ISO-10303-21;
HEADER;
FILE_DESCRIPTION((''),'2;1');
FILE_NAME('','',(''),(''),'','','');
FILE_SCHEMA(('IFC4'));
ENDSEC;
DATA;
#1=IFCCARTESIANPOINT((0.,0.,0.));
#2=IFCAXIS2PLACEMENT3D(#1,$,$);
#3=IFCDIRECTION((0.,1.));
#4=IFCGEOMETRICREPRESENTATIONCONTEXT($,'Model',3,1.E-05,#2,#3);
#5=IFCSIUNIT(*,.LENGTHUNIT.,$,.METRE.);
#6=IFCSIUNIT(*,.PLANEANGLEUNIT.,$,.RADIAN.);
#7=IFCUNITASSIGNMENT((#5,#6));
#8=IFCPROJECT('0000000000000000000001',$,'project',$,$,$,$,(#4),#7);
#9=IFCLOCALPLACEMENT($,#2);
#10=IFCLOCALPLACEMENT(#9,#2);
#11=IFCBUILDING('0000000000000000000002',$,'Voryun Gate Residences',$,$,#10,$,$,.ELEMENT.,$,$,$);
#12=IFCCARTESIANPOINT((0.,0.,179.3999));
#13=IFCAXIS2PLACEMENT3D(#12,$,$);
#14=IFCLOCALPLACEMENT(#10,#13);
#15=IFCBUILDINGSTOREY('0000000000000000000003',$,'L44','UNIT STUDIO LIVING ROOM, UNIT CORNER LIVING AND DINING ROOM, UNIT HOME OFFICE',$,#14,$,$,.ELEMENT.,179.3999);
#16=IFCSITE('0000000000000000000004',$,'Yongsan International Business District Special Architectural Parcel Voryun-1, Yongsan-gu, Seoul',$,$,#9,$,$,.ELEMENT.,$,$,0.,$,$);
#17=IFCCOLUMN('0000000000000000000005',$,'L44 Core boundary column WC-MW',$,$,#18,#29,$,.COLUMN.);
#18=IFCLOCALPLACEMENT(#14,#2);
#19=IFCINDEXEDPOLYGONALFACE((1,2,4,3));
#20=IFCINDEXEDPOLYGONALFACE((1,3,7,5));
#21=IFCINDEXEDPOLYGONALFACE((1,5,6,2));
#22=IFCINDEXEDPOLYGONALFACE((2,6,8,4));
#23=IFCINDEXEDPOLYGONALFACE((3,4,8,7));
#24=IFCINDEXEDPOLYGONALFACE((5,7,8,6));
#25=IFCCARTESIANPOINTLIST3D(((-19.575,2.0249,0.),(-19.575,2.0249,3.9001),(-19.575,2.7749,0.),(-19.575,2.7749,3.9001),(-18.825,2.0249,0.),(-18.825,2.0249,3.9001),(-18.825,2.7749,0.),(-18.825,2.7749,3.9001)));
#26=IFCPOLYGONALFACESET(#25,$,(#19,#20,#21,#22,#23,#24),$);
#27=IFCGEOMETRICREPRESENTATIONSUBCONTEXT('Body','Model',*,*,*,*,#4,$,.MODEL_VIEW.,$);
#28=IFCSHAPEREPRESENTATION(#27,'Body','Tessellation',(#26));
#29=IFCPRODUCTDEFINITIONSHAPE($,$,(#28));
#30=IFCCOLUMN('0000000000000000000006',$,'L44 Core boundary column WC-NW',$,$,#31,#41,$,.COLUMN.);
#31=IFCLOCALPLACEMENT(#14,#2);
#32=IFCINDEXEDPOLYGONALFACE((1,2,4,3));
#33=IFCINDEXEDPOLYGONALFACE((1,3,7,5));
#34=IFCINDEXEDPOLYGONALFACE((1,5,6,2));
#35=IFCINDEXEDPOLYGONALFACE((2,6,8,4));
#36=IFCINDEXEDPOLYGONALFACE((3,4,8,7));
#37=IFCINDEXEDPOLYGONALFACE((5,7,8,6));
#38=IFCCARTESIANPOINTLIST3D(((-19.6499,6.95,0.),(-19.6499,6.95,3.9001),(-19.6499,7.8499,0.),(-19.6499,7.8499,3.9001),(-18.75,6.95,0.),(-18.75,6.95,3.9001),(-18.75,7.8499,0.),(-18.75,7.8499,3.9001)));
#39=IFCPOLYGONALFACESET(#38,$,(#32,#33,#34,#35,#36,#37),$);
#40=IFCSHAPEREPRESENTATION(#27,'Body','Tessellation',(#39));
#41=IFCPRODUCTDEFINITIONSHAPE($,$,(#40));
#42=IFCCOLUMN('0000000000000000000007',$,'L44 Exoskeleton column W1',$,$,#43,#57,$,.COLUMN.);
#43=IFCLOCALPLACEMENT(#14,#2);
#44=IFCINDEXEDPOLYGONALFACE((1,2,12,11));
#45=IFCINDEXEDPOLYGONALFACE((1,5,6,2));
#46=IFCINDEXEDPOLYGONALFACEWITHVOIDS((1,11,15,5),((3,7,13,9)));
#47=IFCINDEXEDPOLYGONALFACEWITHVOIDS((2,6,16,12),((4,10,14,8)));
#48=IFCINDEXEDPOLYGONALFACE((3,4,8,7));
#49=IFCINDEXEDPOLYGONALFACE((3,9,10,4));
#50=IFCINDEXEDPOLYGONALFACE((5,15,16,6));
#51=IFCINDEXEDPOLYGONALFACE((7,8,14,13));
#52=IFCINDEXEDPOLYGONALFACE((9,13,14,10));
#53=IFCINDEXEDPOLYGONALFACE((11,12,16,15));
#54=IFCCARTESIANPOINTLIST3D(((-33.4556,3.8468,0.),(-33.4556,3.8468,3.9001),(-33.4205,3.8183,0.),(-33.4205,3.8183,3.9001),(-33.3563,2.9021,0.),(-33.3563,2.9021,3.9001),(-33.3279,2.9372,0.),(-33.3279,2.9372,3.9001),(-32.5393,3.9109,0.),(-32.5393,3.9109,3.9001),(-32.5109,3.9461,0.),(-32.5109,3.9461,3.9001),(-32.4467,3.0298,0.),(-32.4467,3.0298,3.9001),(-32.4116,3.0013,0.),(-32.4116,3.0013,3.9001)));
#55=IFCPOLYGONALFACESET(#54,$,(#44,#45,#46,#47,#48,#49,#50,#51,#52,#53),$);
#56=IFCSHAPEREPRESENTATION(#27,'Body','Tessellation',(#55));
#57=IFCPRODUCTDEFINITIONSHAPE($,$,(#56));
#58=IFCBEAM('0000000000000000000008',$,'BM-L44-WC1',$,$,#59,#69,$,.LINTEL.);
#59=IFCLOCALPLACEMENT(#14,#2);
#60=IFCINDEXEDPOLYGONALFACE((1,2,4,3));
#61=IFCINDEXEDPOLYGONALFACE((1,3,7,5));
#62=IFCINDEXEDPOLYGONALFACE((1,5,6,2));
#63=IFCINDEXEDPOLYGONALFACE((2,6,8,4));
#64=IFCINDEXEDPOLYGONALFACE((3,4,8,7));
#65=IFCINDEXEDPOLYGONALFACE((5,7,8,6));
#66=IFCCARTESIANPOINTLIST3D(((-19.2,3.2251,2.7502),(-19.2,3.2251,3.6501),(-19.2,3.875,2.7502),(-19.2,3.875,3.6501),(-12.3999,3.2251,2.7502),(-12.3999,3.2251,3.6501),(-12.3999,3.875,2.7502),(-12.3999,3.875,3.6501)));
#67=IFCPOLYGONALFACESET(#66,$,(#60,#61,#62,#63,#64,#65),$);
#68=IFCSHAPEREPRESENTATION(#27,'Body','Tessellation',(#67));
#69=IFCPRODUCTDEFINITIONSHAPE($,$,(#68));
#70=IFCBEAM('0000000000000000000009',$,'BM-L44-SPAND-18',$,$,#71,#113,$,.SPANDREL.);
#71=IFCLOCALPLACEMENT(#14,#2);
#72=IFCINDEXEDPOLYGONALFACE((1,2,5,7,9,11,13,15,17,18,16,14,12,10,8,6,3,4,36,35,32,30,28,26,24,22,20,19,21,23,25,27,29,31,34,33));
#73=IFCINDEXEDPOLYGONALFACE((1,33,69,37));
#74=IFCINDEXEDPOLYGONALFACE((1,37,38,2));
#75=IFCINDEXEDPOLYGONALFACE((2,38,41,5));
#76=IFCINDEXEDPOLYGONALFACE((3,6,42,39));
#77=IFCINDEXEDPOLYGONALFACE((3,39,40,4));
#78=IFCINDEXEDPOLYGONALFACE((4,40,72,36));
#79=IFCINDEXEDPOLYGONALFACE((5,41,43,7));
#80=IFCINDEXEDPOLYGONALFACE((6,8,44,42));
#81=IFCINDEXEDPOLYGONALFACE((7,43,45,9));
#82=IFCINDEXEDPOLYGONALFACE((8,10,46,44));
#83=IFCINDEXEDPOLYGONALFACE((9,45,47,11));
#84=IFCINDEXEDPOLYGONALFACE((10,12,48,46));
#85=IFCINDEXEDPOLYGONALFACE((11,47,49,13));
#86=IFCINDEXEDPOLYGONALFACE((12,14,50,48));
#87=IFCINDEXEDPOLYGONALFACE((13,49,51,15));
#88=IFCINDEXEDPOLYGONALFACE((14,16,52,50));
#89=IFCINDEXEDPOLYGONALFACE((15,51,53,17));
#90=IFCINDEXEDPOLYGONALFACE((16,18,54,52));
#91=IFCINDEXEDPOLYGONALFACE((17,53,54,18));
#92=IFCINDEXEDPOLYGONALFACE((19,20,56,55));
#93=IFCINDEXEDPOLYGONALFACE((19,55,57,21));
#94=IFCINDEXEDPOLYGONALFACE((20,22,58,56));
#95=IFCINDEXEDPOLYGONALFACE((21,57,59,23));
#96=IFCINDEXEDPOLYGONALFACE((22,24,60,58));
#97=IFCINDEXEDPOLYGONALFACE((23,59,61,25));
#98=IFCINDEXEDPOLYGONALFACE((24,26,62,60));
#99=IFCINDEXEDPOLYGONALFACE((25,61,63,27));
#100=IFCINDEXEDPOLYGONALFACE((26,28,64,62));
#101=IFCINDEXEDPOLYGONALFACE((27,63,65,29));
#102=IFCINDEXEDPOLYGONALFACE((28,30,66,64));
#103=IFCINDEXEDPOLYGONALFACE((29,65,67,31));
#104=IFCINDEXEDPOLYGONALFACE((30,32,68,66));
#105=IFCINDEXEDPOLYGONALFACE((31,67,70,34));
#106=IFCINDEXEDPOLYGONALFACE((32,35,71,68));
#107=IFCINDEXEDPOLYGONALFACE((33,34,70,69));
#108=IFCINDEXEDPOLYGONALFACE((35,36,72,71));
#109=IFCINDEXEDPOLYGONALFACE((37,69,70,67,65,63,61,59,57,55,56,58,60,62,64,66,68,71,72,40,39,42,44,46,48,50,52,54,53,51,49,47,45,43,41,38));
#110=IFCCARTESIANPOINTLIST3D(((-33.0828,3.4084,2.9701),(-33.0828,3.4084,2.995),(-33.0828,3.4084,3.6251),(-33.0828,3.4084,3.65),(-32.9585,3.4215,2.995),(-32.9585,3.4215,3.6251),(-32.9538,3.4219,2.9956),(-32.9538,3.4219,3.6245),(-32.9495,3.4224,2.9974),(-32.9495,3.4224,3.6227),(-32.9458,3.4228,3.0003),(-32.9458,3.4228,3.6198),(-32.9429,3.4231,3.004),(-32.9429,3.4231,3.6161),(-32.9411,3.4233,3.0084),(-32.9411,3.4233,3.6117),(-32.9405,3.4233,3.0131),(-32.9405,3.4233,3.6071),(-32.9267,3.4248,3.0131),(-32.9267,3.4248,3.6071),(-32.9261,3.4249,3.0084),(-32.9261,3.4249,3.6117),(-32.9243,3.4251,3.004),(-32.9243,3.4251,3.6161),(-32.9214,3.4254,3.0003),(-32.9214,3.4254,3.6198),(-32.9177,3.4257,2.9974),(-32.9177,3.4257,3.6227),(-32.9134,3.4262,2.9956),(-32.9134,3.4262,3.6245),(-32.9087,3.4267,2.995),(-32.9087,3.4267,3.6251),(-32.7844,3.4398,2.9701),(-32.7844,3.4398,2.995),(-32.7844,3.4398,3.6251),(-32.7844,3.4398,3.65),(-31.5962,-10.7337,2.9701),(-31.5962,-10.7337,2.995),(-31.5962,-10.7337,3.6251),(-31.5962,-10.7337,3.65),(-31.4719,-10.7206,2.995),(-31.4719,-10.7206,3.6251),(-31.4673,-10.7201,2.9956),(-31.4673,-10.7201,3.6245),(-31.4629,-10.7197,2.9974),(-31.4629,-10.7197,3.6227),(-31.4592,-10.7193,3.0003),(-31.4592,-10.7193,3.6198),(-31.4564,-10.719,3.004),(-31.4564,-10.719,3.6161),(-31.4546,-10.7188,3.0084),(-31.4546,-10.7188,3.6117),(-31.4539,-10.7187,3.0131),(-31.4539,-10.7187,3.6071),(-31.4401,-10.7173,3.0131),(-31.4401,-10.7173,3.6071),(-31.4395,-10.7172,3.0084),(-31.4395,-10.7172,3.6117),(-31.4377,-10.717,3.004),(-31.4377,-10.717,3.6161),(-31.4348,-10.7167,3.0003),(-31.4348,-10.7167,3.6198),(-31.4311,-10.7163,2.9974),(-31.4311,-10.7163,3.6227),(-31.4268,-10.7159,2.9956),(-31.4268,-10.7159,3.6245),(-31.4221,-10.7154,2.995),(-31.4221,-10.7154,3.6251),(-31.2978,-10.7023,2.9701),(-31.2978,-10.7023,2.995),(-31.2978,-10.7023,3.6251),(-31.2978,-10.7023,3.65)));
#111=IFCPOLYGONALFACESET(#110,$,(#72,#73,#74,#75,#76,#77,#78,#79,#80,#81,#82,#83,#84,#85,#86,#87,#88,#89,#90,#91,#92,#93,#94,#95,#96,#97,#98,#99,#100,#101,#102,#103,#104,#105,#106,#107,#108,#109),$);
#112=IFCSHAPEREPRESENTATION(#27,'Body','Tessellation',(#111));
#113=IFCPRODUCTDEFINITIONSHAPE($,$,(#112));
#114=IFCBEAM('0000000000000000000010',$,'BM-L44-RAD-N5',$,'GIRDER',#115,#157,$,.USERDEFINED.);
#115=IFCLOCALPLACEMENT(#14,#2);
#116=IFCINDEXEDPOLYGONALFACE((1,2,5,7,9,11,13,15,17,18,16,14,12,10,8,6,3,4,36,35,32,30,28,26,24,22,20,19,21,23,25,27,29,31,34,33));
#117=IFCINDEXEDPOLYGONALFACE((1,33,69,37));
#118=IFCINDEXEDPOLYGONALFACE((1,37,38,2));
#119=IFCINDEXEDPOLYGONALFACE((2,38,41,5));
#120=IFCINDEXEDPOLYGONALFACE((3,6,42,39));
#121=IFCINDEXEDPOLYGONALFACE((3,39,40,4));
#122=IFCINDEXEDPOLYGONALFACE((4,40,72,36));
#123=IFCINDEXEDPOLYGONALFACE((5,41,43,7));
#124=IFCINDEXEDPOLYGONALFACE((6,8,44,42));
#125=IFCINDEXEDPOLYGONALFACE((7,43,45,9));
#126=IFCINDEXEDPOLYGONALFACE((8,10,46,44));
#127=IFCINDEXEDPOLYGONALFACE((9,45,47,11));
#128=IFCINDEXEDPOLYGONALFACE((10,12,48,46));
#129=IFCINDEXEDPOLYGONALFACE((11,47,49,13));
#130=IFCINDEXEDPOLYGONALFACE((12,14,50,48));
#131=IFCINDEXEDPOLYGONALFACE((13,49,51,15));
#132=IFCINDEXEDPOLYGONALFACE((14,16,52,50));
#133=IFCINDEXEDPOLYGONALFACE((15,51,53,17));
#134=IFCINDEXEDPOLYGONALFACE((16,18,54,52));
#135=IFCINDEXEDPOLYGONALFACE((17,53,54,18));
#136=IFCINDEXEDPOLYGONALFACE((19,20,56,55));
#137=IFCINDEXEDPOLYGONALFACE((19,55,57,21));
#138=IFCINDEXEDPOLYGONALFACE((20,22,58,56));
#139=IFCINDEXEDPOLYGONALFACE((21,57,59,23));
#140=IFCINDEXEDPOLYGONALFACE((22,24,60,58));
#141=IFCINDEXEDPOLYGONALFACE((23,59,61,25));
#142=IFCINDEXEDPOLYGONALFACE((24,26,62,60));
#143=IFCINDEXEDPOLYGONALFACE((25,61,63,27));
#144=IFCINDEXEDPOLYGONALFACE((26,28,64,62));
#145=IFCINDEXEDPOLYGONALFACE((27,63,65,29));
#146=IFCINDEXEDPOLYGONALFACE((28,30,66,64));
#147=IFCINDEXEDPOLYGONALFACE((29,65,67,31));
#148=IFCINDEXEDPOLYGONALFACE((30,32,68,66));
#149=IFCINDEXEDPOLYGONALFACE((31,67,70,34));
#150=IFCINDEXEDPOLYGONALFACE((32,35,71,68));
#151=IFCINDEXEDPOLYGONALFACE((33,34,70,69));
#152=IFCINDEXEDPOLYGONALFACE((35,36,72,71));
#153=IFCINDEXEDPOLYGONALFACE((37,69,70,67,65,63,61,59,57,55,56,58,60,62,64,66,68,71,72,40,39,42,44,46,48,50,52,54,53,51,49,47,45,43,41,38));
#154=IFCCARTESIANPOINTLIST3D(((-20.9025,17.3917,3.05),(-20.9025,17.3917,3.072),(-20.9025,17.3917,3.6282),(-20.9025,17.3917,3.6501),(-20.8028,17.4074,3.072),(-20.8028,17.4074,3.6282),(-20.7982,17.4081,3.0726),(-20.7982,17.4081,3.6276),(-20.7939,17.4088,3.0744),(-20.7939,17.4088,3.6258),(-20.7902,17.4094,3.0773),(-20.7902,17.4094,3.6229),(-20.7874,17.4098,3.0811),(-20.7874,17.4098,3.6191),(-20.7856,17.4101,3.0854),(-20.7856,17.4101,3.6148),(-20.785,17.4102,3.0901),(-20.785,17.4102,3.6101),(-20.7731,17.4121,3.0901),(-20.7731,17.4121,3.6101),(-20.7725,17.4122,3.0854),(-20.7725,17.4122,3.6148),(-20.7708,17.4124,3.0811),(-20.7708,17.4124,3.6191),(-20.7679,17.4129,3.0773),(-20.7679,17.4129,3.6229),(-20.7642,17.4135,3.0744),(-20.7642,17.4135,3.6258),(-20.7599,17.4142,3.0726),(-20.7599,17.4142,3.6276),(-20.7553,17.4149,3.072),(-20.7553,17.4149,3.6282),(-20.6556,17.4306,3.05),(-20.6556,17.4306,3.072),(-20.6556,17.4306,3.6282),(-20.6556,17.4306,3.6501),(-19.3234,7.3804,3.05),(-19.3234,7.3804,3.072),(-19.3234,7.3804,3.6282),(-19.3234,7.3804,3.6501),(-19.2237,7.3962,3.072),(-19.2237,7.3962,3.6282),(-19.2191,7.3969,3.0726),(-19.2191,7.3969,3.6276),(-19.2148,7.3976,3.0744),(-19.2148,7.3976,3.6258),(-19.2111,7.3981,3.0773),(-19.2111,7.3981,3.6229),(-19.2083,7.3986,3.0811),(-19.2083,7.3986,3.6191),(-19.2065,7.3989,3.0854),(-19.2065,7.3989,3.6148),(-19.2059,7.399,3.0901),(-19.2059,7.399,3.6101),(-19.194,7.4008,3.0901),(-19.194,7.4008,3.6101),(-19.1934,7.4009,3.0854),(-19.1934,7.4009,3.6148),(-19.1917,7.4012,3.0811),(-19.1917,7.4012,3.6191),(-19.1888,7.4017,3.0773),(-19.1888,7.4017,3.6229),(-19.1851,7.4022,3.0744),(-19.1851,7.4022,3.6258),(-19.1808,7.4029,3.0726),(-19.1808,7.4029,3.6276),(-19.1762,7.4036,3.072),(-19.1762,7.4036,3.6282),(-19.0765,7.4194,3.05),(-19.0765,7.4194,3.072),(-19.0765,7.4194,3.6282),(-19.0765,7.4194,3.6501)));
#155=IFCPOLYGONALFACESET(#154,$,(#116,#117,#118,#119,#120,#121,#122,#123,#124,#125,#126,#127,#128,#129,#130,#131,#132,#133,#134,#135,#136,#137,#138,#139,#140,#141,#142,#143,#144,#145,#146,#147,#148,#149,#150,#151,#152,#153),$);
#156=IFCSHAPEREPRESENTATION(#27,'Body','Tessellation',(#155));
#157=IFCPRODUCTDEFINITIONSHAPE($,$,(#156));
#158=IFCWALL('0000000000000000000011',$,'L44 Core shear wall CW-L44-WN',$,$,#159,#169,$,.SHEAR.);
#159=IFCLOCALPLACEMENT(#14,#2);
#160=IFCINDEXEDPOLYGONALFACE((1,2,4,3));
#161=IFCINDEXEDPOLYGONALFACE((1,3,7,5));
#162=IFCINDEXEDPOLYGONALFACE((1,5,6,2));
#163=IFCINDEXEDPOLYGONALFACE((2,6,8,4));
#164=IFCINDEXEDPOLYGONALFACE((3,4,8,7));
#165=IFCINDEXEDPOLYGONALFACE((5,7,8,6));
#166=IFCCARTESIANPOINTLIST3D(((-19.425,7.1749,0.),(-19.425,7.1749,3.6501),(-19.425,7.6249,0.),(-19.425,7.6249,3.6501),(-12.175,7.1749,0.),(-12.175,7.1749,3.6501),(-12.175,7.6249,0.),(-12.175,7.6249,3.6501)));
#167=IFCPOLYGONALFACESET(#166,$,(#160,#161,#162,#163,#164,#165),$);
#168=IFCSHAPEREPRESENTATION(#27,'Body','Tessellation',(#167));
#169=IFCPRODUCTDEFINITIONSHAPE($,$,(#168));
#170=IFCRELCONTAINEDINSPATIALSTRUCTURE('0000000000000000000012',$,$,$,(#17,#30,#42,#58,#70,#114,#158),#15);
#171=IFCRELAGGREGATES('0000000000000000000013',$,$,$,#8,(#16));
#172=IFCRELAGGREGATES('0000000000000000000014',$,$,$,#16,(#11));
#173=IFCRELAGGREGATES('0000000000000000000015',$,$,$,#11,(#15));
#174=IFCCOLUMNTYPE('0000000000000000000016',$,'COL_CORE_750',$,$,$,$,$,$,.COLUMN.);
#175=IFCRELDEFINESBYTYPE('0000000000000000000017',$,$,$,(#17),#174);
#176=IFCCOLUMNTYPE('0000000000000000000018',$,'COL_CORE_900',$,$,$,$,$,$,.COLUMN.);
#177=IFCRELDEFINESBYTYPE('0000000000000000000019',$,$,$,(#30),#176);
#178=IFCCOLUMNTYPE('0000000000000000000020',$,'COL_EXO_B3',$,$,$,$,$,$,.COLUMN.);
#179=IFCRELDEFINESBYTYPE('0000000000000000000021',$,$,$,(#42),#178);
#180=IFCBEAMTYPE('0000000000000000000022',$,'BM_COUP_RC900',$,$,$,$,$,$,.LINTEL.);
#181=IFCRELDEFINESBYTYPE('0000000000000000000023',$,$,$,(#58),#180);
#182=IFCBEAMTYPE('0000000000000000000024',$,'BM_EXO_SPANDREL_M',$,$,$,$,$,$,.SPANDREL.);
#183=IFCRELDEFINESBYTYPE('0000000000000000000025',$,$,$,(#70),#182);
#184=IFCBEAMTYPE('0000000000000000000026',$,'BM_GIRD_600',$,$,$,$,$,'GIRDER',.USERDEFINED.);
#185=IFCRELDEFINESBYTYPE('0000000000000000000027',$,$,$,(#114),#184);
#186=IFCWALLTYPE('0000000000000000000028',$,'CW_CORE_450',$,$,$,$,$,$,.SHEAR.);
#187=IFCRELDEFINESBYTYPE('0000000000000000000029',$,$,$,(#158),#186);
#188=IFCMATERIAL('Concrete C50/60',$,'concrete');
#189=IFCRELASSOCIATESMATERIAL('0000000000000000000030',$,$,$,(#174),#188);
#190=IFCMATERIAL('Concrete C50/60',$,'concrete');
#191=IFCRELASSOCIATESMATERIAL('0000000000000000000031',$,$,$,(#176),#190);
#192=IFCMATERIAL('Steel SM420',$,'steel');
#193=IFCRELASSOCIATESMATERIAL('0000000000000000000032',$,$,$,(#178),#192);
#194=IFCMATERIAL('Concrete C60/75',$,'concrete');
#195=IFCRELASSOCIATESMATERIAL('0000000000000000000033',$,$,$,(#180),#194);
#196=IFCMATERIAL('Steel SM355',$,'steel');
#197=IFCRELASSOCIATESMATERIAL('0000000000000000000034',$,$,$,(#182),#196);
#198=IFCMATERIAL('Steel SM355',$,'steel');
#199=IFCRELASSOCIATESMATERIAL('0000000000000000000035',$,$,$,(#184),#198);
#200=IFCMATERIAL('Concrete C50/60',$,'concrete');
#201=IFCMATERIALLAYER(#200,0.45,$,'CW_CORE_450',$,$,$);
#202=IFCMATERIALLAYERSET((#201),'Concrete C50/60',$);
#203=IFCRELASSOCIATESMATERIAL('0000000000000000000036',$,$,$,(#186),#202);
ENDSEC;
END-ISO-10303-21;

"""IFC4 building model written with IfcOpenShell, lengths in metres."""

from ifc_helpers import new_model, si_unit, direction, frame, frame_2d, origin, origin_2d, place, context, subcontext, project, spatial, rectangle, hollow_rectangle, i_section, extrude, material, layer, layer_set, material_profile, profile_set, type_object, element, save


model = new_model("IFC4")

# Units and contexts
model_context = context("Model", 3, precision=1e-05, world=origin(), true_north=direction((0.0, 1.0)))
body_context = subcontext(model_context, "Body", "Model", "MODEL_VIEW")
ifc_project = project(units=[si_unit("LENGTHUNIT", "METRE"), si_unit("PLANEANGLEUNIT", "RADIAN")], contexts=[model_context])

# Site, building, storey
site_placement = place(None, origin())
site = spatial("IfcSite", under=ifc_project, at=site_placement, Name="Yongsan International Business District Special Architectural Parcel Voryun-1, Yongsan-gu, Seoul", CompositionType="ELEMENT", RefElevation=0.0)
building_placement = place(site_placement, origin())
building = spatial("IfcBuilding", under=site, at=building_placement, Name="Voryun Gate Residences", CompositionType="ELEMENT")
storey_placement = place(building_placement, frame((0.0, 0.0, 179.3999)))
storey = spatial("IfcBuildingStorey", under=building, at=storey_placement, Name="L44", Description="UNIT STUDIO LIVING ROOM, UNIT CORNER LIVING AND DINING ROOM, UNIT HOME OFFICE", CompositionType="ELEMENT", Elevation=179.3999)

# Columns
ifc_material_1 = material(Name="Concrete C50/60", Category="concrete")
ifc_material_profile_1 = material_profile(ifc_material_1, rectangle(XDim=0.75, YDim=0.75, at=origin_2d()), Name="RC-750x750")
ifc_profile_set_1 = profile_set([ifc_material_profile_1], Name="Concrete C50/60")
column_type_1 = type_object("IfcColumnType", Name="COL_CORE_750", PredefinedType="COLUMN", material=ifc_profile_set_1)
column_1_placement = place(storey_placement, frame((-19.2, 2.3999, 0.0), z_axis=(0.0, 0.0, 1.0), x_axis=(1.0, 0.0, 0.0)))
element("IfcColumn", 1, at=column_1_placement, inside=storey, type_object=column_type_1, Name="L44 Core boundary column WC-MW", PredefinedType="COLUMN", context=body_context, shape_type="SweptSolid", body=[
    extrude(rectangle(XDim=0.75, YDim=0.75, at=origin_2d()), origin(), (0.0, 0.0, 1.0), 3.9001),
])
ifc_material_2 = material(Name="Concrete C50/60", Category="concrete")
ifc_material_profile_2 = material_profile(ifc_material_2, rectangle(XDim=0.8999, YDim=0.8999, at=origin_2d()), Name="RC-900x900")
ifc_profile_set_2 = profile_set([ifc_material_profile_2], Name="Concrete C50/60")
column_type_2 = type_object("IfcColumnType", Name="COL_CORE_900", PredefinedType="COLUMN", material=ifc_profile_set_2)
column_2_placement = place(storey_placement, frame((-19.2, 7.3999, 0.0), z_axis=(0.0, 0.0, 1.0), x_axis=(1.0, 0.0, 0.0)))
element("IfcColumn", 2, at=column_2_placement, inside=storey, type_object=column_type_2, Name="L44 Core boundary column WC-NW", PredefinedType="COLUMN", context=body_context, shape_type="SweptSolid", body=[
    extrude(rectangle(XDim=0.8999, YDim=0.8999, at=origin_2d()), origin(), (0.0, 0.0, 1.0), 3.9001),
])
ifc_material_3 = material(Name="Steel SM420", Category="steel")
ifc_material_profile_3 = material_profile(ifc_material_3, hollow_rectangle(XDim=0.95, YDim=0.95, WallThickness=0.032, at=origin_2d()), Name="BOX-950x950x32")
ifc_profile_set_3 = profile_set([ifc_material_profile_3], Name="Steel SM420")
column_type_3 = type_object("IfcColumnType", Name="COL_EXO_B3", PredefinedType="COLUMN", material=ifc_profile_set_3)
column_3_placement = place(storey_placement, frame((-32.9336, 3.4241, 0.0), z_axis=(0.0, 0.0, 1.0), x_axis=(0.994522, 0.104528, 0.0)))
element("IfcColumn", 3, at=column_3_placement, inside=storey, type_object=column_type_3, Name="L44 Exoskeleton column W1", PredefinedType="COLUMN", context=body_context, shape_type="SweptSolid", body=[
    extrude(hollow_rectangle(XDim=0.95, YDim=0.95, WallThickness=0.032, at=origin_2d()), origin(), (0.0, 0.0, 1.0), 3.9001),
])

# Beams
ifc_material_4 = material(Name="Concrete C60/75", Category="concrete")
ifc_material_profile_4 = material_profile(ifc_material_4, rectangle(XDim=0.6499, YDim=0.8999, at=origin_2d()), Name="RC-650x900")
ifc_profile_set_4 = profile_set([ifc_material_profile_4], Name="Concrete C60/75")
beam_type_1 = type_object("IfcBeamType", Name="BM_COUP_RC900", PredefinedType="LINTEL", material=ifc_profile_set_4)
beam_1_placement = place(storey_placement, frame((-19.2, 3.55, 3.2002), z_axis=(1.0, 0.0, 0.0), x_axis=(0.0, 1.0, 0.0)))
element("IfcBeam", 4, at=beam_1_placement, inside=storey, type_object=beam_type_1, Name="BM-L44-WC1", PredefinedType="LINTEL", context=body_context, shape_type="SweptSolid", body=[
    extrude(rectangle(XDim=0.6499, YDim=0.8999, at=origin_2d()), origin(), (0.0, 0.0, 1.0), 6.8),
])
ifc_material_5 = material(Name="Steel SM355", Category="steel")
ifc_material_profile_5 = material_profile(ifc_material_5, i_section(OverallWidth=0.3, OverallDepth=0.6799, WebThickness=0.0139, FlangeThickness=0.0249, FilletRadius=0.0181, at=origin_2d()), Name="H-680x300x14x25")
ifc_profile_set_5 = profile_set([ifc_material_profile_5], Name="Steel SM355")
beam_type_2 = type_object("IfcBeamType", Name="BM_EXO_SPANDREL_M", PredefinedType="SPANDREL", material=ifc_profile_set_5)
beam_2_placement = place(storey_placement, frame((-32.9336, 3.4241, 3.3101), z_axis=(0.104541, -0.994521, 0.0), x_axis=(0.994521, 0.104541, 0.0)))
element("IfcBeam", 5, at=beam_2_placement, inside=storey, type_object=beam_type_2, Name="BM-L44-SPAND-18", PredefinedType="SPANDREL", context=body_context, shape_type="SweptSolid", body=[
    extrude(i_section(OverallWidth=0.3, OverallDepth=0.6799, WebThickness=0.0139, FlangeThickness=0.0249, FilletRadius=0.0181, at=origin_2d()), origin(), (0.0, 0.0, 1.0), 14.22),
])
ifc_material_6 = material(Name="Steel SM355", Category="steel")
ifc_material_profile_6 = material_profile(ifc_material_6, i_section(OverallWidth=0.25, OverallDepth=0.6001, WebThickness=0.012, FlangeThickness=0.022, FilletRadius=0.0181, at=origin_2d()), Name="H-600x250x12x22")
ifc_profile_set_6 = profile_set([ifc_material_profile_6], Name="Steel SM355")
beam_type_3 = type_object("IfcBeamType", Name="BM_GIRD_600", ElementType="GIRDER", PredefinedType="USERDEFINED", material=ifc_profile_set_6)
beam_3_placement = place(storey_placement, frame((-19.2, 7.3999, 3.3501), z_axis=(-0.155807, 0.987788, 0.0), x_axis=(-0.987788, -0.155807, 0.0)))
element("IfcBeam", 6, at=beam_3_placement, inside=storey, type_object=beam_type_3, Name="BM-L44-RAD-N5", ObjectType="GIRDER", PredefinedType="USERDEFINED", context=body_context, shape_type="SweptSolid", body=[
    extrude(i_section(OverallWidth=0.25, OverallDepth=0.6001, WebThickness=0.012, FlangeThickness=0.022, FilletRadius=0.0181, at=origin_2d()), origin(), (0.0, 0.0, 1.0), 10.135),
])

# Wall
ifc_material_7 = material(Name="Concrete C50/60", Category="concrete")
ifc_layer_1 = layer(ifc_material_7, 0.45, Name="CW_CORE_450")
ifc_layer_set_1 = layer_set([ifc_layer_1], Name="Concrete C50/60")
wall_type_1 = type_object("IfcWallType", Name="CW_CORE_450", PredefinedType="SHEAR", material=ifc_layer_set_1)
wall_1_placement = place(storey_placement, frame((-19.425, 7.3999, 0.0), z_axis=(0.0, 0.0, 1.0), x_axis=(1.0, 0.0, 0.0)))
element("IfcWall", 7, at=wall_1_placement, inside=storey, type_object=wall_type_1, Name="L44 Core shear wall CW-L44-WN", PredefinedType="SHEAR", context=body_context, shape_type="SweptSolid", body=[
    extrude(rectangle(XDim=7.25, YDim=0.45, at=frame_2d((3.625, 0.0))), origin(), (0.0, 0.0, 1.0), 3.6501),
])

save(model, "model.ifc")
